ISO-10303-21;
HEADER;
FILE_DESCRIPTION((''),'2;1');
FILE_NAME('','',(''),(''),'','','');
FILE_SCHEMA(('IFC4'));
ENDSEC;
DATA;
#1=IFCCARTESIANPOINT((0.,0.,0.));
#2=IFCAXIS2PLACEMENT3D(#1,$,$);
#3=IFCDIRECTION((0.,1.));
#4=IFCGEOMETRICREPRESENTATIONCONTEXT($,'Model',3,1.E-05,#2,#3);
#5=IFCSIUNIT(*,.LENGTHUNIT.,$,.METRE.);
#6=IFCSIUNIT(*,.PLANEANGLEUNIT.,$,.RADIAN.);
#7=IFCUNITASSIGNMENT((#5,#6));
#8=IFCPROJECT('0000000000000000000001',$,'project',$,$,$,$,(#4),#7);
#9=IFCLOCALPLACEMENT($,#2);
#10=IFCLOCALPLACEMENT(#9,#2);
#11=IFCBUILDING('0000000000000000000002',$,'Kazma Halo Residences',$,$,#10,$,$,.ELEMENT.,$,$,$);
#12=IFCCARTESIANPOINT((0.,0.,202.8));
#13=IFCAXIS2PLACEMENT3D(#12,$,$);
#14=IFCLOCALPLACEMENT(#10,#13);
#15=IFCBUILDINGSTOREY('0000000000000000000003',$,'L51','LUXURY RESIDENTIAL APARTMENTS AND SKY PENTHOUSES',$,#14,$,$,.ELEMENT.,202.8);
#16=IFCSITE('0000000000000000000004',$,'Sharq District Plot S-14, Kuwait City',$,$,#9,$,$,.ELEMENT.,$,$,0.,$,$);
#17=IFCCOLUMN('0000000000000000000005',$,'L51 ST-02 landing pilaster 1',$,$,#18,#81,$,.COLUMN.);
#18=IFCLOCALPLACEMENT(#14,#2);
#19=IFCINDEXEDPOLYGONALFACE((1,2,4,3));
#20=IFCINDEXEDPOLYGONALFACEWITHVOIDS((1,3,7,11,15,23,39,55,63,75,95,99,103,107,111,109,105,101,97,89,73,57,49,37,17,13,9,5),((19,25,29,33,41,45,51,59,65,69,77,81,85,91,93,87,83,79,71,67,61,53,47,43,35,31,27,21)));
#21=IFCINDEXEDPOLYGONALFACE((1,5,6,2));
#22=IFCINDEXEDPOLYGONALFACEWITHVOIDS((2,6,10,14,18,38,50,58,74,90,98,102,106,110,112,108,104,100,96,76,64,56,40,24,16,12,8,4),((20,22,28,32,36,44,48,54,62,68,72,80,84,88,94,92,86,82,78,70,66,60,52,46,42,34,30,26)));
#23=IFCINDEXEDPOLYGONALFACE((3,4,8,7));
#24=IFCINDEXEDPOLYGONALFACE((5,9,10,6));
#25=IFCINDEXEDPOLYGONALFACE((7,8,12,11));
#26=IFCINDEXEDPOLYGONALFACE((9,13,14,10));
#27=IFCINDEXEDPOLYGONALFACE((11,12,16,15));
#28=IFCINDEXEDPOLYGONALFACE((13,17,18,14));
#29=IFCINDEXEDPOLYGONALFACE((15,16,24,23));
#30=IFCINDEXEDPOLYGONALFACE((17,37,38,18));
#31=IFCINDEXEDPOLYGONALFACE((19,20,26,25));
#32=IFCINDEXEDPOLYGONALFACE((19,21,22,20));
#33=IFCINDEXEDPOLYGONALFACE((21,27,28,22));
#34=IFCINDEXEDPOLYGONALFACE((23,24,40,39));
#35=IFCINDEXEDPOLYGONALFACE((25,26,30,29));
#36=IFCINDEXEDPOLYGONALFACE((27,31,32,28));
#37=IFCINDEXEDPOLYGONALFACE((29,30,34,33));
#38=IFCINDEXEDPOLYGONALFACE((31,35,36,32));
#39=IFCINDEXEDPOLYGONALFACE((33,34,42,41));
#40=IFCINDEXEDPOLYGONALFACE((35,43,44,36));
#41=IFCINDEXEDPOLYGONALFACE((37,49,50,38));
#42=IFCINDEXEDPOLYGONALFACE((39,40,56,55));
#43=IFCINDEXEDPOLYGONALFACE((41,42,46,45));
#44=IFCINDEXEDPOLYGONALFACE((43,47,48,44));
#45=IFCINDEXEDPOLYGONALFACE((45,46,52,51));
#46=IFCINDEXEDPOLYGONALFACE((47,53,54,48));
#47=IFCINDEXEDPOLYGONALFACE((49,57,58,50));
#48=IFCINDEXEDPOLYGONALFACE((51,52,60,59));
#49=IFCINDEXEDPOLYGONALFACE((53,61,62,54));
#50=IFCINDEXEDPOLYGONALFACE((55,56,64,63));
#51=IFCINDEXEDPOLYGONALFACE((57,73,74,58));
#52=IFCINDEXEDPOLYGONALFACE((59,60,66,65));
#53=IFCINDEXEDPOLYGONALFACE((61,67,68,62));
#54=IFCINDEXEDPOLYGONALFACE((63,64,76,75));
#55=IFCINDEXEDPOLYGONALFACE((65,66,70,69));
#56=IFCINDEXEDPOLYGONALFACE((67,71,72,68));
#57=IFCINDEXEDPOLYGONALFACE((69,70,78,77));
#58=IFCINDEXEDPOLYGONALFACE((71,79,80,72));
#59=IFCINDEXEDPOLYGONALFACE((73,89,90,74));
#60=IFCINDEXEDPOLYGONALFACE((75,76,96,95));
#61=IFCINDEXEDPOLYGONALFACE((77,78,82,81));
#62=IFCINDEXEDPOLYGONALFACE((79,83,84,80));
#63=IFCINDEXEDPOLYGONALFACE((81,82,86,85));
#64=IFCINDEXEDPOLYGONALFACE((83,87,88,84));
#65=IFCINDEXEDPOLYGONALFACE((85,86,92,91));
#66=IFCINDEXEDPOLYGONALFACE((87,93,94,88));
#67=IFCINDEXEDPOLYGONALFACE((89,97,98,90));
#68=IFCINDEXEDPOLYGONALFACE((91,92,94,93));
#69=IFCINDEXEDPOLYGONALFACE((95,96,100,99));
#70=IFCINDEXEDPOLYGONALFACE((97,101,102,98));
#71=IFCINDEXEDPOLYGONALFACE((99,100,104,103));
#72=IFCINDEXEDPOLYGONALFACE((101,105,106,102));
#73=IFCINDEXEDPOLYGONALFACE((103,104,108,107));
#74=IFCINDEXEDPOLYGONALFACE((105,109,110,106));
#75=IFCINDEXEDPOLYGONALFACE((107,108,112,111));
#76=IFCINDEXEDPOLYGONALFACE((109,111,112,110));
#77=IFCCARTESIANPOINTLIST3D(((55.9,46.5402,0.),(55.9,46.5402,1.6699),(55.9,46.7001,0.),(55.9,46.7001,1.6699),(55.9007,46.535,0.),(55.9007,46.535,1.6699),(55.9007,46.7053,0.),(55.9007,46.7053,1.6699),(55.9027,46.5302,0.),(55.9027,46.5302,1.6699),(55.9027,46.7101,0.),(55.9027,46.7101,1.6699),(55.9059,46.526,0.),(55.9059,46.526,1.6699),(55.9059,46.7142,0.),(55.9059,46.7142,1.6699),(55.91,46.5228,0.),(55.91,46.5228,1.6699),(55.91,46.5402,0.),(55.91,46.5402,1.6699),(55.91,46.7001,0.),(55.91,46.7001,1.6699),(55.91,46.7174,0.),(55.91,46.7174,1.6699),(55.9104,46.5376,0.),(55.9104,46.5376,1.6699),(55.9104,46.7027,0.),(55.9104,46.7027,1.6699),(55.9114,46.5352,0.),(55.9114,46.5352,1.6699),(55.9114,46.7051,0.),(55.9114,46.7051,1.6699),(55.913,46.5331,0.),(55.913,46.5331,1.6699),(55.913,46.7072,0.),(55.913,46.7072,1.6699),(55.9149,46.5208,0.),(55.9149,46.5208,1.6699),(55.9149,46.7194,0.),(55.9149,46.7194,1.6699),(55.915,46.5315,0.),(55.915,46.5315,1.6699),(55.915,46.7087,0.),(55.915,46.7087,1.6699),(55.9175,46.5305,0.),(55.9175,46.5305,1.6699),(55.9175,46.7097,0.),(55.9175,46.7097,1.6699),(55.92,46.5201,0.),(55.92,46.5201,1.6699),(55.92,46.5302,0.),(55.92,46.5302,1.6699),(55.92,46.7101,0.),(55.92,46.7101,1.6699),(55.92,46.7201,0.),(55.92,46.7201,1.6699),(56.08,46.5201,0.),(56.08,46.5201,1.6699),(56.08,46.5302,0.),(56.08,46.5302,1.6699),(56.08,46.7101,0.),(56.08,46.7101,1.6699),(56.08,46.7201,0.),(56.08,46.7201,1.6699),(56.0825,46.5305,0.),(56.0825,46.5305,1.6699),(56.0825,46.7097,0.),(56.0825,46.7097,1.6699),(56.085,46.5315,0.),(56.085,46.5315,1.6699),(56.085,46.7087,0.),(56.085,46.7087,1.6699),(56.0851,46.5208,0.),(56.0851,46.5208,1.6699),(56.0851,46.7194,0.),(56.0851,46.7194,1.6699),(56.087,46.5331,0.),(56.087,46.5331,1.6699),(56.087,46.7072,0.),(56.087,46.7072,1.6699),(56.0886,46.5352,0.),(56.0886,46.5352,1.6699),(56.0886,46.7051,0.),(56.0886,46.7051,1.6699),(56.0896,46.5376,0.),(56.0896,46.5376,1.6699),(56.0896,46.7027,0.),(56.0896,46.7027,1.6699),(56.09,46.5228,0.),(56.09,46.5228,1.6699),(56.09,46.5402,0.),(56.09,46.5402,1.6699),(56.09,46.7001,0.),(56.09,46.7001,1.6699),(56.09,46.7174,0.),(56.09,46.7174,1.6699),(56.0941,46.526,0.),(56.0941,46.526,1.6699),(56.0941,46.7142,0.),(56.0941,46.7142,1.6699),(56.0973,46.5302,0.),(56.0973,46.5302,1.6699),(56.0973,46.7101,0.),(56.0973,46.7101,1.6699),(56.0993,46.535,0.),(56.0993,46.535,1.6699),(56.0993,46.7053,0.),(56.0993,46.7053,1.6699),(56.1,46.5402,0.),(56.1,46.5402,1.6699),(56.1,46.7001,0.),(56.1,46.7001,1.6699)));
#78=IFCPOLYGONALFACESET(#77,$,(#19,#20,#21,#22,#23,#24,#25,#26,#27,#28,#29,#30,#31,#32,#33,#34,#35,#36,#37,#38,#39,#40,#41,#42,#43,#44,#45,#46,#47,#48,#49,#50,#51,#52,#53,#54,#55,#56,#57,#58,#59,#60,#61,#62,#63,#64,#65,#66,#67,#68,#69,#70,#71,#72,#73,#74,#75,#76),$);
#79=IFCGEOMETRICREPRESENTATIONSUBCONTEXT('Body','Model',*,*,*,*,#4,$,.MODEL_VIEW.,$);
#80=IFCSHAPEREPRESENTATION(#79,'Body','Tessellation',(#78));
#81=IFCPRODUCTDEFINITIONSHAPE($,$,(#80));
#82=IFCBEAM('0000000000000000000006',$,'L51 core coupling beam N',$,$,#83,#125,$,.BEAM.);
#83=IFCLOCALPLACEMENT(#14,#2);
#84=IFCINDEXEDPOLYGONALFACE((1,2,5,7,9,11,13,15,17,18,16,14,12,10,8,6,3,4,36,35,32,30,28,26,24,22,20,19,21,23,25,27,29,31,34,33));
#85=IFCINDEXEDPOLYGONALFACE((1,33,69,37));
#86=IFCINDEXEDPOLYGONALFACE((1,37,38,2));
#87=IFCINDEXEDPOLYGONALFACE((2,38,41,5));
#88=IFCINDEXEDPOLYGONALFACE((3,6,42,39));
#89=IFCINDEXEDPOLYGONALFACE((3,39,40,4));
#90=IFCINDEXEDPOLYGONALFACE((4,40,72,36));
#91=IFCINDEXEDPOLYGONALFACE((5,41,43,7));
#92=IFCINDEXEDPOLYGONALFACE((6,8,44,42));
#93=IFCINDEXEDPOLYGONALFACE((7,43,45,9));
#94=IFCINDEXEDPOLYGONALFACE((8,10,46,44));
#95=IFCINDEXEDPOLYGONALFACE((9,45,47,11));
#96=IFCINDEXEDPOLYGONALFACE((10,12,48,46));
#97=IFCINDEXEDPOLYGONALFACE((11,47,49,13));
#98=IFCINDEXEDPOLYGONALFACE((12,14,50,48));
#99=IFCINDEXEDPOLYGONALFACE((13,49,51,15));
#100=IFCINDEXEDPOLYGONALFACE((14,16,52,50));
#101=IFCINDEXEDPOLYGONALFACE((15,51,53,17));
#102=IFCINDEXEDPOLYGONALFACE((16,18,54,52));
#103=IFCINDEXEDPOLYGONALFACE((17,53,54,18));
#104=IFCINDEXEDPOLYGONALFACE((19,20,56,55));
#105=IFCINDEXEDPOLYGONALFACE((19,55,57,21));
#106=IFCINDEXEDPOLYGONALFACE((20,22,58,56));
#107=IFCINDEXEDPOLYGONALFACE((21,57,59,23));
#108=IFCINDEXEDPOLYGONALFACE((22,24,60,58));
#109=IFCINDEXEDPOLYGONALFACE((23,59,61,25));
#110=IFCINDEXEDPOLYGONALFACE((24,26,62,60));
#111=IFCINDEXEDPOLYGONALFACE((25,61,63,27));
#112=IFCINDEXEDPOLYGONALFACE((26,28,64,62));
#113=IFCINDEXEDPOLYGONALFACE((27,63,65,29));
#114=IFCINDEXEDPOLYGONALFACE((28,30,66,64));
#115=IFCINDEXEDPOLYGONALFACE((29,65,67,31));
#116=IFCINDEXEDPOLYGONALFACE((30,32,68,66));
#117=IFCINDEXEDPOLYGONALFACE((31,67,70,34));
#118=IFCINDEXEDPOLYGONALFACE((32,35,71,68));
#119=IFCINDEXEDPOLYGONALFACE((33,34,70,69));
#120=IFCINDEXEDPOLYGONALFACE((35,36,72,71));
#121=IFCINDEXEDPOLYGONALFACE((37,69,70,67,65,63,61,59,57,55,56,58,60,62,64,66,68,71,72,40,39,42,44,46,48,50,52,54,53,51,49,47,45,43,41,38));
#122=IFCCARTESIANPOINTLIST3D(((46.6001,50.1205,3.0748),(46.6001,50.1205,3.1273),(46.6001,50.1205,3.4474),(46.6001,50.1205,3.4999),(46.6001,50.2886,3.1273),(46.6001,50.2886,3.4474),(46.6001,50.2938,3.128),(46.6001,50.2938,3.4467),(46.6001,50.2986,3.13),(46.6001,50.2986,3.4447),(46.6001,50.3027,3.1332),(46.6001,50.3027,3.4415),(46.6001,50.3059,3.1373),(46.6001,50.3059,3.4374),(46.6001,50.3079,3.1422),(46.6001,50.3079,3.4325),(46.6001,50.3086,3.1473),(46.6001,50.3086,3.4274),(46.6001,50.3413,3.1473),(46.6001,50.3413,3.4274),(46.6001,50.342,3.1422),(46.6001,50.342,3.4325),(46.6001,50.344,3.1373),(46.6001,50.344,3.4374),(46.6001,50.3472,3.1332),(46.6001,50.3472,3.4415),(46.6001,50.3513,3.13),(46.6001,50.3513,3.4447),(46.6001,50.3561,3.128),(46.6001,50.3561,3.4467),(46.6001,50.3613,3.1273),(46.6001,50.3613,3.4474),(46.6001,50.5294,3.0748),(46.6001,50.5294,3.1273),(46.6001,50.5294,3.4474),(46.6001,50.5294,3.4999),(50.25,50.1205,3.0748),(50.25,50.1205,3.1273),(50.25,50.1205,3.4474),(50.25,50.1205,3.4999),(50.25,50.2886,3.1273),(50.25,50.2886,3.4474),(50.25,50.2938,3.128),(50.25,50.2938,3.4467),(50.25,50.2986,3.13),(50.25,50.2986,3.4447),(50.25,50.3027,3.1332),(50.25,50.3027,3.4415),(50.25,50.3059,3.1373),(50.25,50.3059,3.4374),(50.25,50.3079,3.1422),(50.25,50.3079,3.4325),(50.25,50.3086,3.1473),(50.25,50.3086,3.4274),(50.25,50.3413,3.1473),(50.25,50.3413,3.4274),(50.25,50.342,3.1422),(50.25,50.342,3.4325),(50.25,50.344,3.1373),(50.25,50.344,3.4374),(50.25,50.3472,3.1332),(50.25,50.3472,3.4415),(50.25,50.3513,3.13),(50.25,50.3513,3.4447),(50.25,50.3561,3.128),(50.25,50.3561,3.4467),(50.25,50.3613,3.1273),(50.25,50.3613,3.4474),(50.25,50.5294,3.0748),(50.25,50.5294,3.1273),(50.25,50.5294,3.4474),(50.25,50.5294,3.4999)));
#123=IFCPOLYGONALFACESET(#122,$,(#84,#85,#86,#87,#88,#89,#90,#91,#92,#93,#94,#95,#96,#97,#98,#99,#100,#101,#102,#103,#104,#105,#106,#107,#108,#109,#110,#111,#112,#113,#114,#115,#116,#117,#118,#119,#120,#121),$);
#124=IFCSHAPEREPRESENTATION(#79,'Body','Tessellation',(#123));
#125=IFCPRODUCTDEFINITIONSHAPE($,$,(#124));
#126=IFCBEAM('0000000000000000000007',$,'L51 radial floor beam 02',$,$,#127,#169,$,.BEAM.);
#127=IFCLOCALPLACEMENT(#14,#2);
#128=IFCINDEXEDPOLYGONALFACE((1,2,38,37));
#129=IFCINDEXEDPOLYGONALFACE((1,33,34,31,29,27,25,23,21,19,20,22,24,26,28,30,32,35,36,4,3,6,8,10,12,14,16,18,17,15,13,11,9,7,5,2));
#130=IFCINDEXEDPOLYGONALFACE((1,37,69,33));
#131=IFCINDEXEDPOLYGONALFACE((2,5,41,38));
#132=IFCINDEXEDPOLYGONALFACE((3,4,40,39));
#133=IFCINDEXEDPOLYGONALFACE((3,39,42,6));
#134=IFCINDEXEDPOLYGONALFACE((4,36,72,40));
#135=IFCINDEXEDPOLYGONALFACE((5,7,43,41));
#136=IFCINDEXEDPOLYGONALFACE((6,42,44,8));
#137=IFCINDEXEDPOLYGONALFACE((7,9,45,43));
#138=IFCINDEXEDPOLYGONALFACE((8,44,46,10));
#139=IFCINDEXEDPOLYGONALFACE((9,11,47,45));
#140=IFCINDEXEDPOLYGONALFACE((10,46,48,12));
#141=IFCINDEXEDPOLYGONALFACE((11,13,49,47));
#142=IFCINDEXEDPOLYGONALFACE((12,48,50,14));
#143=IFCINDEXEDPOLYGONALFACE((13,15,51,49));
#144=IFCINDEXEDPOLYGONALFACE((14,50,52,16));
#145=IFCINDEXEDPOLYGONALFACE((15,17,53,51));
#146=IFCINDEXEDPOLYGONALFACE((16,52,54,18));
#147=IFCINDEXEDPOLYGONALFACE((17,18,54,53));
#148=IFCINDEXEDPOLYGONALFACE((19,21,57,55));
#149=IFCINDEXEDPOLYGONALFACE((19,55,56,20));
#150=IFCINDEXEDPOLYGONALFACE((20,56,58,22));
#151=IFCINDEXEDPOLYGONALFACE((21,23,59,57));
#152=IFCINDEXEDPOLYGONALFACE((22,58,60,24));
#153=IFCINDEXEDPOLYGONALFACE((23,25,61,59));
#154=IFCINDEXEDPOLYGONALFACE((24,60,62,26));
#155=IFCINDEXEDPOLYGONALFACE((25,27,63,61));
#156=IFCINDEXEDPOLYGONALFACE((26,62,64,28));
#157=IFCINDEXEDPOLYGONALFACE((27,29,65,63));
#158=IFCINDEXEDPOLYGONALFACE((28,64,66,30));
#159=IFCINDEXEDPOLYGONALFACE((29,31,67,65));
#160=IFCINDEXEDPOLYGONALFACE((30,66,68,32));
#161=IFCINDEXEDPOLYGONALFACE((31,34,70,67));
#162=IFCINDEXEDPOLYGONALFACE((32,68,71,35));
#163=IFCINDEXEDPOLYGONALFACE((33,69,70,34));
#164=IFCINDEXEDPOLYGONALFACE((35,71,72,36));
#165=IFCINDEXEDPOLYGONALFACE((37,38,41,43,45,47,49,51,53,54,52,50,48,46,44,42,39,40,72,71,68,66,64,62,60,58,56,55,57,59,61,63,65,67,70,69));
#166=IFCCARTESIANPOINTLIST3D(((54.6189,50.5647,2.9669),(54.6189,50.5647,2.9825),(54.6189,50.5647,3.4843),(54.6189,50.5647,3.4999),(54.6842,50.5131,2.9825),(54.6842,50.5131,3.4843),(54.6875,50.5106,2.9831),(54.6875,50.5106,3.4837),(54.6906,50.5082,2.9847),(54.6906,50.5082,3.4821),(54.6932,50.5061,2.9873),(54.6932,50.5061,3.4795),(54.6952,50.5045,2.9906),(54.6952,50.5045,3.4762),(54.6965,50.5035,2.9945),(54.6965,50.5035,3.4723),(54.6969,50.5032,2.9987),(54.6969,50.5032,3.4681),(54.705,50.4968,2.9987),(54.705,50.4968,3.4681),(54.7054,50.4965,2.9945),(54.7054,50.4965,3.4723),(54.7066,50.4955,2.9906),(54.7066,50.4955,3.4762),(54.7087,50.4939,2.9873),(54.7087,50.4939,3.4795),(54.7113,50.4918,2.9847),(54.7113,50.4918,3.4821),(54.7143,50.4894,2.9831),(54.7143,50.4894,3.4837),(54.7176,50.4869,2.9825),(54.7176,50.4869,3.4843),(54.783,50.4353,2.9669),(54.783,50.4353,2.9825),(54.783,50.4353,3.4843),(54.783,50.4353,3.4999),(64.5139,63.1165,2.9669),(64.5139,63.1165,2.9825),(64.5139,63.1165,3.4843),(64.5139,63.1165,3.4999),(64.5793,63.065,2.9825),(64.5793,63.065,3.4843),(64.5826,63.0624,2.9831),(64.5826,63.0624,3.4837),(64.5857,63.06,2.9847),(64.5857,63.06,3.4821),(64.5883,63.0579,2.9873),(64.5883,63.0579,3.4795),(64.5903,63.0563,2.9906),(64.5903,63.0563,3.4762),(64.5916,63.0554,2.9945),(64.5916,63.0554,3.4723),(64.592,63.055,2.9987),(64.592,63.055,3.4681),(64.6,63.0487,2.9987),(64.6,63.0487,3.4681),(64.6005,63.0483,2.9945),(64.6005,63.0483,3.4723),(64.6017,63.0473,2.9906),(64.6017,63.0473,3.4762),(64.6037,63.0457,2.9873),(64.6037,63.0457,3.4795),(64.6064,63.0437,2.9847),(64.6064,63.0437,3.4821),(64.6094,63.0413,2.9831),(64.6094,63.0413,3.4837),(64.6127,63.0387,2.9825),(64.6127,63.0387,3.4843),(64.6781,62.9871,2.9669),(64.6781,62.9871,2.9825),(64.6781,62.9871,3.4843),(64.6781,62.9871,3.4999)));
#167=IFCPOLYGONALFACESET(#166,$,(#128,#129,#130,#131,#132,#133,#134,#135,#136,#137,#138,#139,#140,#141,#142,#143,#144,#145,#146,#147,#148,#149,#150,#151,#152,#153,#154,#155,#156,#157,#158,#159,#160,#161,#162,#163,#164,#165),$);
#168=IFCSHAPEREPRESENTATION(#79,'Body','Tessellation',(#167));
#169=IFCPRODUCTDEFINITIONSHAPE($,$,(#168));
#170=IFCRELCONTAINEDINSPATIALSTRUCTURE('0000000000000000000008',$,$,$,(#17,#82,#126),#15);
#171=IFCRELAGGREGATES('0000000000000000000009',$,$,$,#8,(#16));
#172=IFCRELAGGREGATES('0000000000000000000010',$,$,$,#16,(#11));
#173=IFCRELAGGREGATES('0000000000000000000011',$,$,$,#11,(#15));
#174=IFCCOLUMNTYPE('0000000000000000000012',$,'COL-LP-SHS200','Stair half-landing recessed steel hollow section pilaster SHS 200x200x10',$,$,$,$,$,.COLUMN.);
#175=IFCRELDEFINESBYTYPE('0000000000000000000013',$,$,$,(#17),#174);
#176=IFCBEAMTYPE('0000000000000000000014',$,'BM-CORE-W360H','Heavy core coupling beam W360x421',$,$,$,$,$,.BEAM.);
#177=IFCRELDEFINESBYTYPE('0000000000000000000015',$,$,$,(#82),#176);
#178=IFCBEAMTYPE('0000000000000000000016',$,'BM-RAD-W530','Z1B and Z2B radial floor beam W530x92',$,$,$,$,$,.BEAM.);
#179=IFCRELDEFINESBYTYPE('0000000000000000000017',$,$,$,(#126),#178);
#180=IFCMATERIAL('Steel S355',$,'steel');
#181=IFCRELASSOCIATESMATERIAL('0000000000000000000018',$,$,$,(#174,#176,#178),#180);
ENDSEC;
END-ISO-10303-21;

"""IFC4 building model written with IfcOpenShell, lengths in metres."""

from ifc_helpers import new_model, si_unit, direction, frame, origin, origin_2d, place, context, subcontext, project, spatial, hollow_rectangle, i_section, extrude, material, material_profile, profile_set, type_object, element, save


model = new_model("IFC4")

# Units and contexts
model_context = context("Model", 3, precision=1e-05, world=origin(), true_north=direction((0.0, 1.0)))
body_context = subcontext(model_context, "Body", "Model", "MODEL_VIEW")
ifc_project = project(units=[si_unit("LENGTHUNIT", "METRE"), si_unit("PLANEANGLEUNIT", "RADIAN")], contexts=[model_context])

# Site, building, storey
site_placement = place(None, origin())
site = spatial("IfcSite", under=ifc_project, at=site_placement, Name="Sharq District Plot S-14, Kuwait City", CompositionType="ELEMENT", RefElevation=0.0)
building_placement = place(site_placement, origin())
building = spatial("IfcBuilding", under=site, at=building_placement, Name="Kazma Halo Residences", CompositionType="ELEMENT")
storey_placement = place(building_placement, frame((0.0, 0.0, 202.8)))
storey = spatial("IfcBuildingStorey", under=building, at=storey_placement, Name="L51", Description="LUXURY RESIDENTIAL APARTMENTS AND SKY PENTHOUSES", CompositionType="ELEMENT", Elevation=202.8)

# Column
ifc_material_1 = material(Name="Steel S355", Category="steel")
ifc_material_profile_1 = material_profile(ifc_material_1, hollow_rectangle(XDim=0.2, YDim=0.2, WallThickness=0.01, InnerFilletRadius=0.01, OuterFilletRadius=0.02, at=origin_2d()), Name="SHS200x200x10")
ifc_profile_set_1 = profile_set([ifc_material_profile_1], Name="Steel S355")
column_type = type_object("IfcColumnType", Name="COL-LP-SHS200", Description="Stair half-landing recessed steel hollow section pilaster SHS 200x200x10", PredefinedType="COLUMN", material=ifc_profile_set_1)
column_placement = place(storey_placement, frame((56.0, 46.6201, 0.0), z_axis=(0.0, 0.0, 1.0), x_axis=(1.0, 0.0, 0.0)))
element("IfcColumn", 1, at=column_placement, inside=storey, type_object=column_type, Name="L51 ST-02 landing pilaster 1", PredefinedType="COLUMN", context=body_context, shape_type="SweptSolid", body=[
    extrude(hollow_rectangle(XDim=0.2, YDim=0.2, WallThickness=0.01, InnerFilletRadius=0.01, OuterFilletRadius=0.02, at=origin_2d()), origin(), (0.0, 0.0, 1.0), 1.6699),
])

# Beams
ifc_material_profile_2 = material_profile(ifc_material_1, i_section(OverallWidth=0.4089, OverallDepth=0.425, WebThickness=0.0327, FlangeThickness=0.0525, FilletRadius=0.02, at=origin_2d()), Name="W360x421")
ifc_profile_set_2 = profile_set([ifc_material_profile_2], Name="Steel S355")
beam_type_1 = type_object("IfcBeamType", Name="BM-CORE-W360H", Description="Heavy core coupling beam W360x421", PredefinedType="BEAM", material=ifc_profile_set_2)
beam_1_placement = place(storey_placement, frame((46.6001, 50.325, 3.2874), z_axis=(1.0, 0.0, 0.0), x_axis=(0.0, 1.0, 0.0)))
element("IfcBeam", 2, at=beam_1_placement, inside=storey, type_object=beam_type_1, Name="L51 core coupling beam N", PredefinedType="BEAM", context=body_context, shape_type="SweptSolid", body=[
    extrude(i_section(OverallWidth=0.4089, OverallDepth=0.425, WebThickness=0.0327, FlangeThickness=0.0525, FilletRadius=0.02, at=origin_2d()), origin(), (0.0, 0.0, 1.0), 3.6499),
])
ifc_material_profile_3 = material_profile(ifc_material_1, i_section(OverallWidth=0.209, OverallDepth=0.533, WebThickness=0.0103, FlangeThickness=0.0156, FilletRadius=0.0161, at=origin_2d()), Name="W530x92")
ifc_profile_set_3 = profile_set([ifc_material_profile_3], Name="Steel S355")
beam_type_2 = type_object("IfcBeamType", Name="BM-RAD-W530", Description="Z1B and Z2B radial floor beam W530x92", PredefinedType="BEAM", material=ifc_profile_set_3)
beam_2_placement = place(storey_placement, frame((54.7009, 50.5, 3.2334), z_axis=(0.619094, 0.785317, 0.0), x_axis=(-0.785317, 0.619094, 0.0)))
element("IfcBeam", 3, at=beam_2_placement, inside=storey, type_object=beam_type_2, Name="L51 radial floor beam 02", PredefinedType="BEAM", context=body_context, shape_type="SweptSolid", body=[
    extrude(i_section(OverallWidth=0.209, OverallDepth=0.533, WebThickness=0.0103, FlangeThickness=0.0156, FilletRadius=0.0161, at=origin_2d()), origin(), (0.0, 0.0, 1.0), 15.9832),
])

save(model, "model.ifc")
